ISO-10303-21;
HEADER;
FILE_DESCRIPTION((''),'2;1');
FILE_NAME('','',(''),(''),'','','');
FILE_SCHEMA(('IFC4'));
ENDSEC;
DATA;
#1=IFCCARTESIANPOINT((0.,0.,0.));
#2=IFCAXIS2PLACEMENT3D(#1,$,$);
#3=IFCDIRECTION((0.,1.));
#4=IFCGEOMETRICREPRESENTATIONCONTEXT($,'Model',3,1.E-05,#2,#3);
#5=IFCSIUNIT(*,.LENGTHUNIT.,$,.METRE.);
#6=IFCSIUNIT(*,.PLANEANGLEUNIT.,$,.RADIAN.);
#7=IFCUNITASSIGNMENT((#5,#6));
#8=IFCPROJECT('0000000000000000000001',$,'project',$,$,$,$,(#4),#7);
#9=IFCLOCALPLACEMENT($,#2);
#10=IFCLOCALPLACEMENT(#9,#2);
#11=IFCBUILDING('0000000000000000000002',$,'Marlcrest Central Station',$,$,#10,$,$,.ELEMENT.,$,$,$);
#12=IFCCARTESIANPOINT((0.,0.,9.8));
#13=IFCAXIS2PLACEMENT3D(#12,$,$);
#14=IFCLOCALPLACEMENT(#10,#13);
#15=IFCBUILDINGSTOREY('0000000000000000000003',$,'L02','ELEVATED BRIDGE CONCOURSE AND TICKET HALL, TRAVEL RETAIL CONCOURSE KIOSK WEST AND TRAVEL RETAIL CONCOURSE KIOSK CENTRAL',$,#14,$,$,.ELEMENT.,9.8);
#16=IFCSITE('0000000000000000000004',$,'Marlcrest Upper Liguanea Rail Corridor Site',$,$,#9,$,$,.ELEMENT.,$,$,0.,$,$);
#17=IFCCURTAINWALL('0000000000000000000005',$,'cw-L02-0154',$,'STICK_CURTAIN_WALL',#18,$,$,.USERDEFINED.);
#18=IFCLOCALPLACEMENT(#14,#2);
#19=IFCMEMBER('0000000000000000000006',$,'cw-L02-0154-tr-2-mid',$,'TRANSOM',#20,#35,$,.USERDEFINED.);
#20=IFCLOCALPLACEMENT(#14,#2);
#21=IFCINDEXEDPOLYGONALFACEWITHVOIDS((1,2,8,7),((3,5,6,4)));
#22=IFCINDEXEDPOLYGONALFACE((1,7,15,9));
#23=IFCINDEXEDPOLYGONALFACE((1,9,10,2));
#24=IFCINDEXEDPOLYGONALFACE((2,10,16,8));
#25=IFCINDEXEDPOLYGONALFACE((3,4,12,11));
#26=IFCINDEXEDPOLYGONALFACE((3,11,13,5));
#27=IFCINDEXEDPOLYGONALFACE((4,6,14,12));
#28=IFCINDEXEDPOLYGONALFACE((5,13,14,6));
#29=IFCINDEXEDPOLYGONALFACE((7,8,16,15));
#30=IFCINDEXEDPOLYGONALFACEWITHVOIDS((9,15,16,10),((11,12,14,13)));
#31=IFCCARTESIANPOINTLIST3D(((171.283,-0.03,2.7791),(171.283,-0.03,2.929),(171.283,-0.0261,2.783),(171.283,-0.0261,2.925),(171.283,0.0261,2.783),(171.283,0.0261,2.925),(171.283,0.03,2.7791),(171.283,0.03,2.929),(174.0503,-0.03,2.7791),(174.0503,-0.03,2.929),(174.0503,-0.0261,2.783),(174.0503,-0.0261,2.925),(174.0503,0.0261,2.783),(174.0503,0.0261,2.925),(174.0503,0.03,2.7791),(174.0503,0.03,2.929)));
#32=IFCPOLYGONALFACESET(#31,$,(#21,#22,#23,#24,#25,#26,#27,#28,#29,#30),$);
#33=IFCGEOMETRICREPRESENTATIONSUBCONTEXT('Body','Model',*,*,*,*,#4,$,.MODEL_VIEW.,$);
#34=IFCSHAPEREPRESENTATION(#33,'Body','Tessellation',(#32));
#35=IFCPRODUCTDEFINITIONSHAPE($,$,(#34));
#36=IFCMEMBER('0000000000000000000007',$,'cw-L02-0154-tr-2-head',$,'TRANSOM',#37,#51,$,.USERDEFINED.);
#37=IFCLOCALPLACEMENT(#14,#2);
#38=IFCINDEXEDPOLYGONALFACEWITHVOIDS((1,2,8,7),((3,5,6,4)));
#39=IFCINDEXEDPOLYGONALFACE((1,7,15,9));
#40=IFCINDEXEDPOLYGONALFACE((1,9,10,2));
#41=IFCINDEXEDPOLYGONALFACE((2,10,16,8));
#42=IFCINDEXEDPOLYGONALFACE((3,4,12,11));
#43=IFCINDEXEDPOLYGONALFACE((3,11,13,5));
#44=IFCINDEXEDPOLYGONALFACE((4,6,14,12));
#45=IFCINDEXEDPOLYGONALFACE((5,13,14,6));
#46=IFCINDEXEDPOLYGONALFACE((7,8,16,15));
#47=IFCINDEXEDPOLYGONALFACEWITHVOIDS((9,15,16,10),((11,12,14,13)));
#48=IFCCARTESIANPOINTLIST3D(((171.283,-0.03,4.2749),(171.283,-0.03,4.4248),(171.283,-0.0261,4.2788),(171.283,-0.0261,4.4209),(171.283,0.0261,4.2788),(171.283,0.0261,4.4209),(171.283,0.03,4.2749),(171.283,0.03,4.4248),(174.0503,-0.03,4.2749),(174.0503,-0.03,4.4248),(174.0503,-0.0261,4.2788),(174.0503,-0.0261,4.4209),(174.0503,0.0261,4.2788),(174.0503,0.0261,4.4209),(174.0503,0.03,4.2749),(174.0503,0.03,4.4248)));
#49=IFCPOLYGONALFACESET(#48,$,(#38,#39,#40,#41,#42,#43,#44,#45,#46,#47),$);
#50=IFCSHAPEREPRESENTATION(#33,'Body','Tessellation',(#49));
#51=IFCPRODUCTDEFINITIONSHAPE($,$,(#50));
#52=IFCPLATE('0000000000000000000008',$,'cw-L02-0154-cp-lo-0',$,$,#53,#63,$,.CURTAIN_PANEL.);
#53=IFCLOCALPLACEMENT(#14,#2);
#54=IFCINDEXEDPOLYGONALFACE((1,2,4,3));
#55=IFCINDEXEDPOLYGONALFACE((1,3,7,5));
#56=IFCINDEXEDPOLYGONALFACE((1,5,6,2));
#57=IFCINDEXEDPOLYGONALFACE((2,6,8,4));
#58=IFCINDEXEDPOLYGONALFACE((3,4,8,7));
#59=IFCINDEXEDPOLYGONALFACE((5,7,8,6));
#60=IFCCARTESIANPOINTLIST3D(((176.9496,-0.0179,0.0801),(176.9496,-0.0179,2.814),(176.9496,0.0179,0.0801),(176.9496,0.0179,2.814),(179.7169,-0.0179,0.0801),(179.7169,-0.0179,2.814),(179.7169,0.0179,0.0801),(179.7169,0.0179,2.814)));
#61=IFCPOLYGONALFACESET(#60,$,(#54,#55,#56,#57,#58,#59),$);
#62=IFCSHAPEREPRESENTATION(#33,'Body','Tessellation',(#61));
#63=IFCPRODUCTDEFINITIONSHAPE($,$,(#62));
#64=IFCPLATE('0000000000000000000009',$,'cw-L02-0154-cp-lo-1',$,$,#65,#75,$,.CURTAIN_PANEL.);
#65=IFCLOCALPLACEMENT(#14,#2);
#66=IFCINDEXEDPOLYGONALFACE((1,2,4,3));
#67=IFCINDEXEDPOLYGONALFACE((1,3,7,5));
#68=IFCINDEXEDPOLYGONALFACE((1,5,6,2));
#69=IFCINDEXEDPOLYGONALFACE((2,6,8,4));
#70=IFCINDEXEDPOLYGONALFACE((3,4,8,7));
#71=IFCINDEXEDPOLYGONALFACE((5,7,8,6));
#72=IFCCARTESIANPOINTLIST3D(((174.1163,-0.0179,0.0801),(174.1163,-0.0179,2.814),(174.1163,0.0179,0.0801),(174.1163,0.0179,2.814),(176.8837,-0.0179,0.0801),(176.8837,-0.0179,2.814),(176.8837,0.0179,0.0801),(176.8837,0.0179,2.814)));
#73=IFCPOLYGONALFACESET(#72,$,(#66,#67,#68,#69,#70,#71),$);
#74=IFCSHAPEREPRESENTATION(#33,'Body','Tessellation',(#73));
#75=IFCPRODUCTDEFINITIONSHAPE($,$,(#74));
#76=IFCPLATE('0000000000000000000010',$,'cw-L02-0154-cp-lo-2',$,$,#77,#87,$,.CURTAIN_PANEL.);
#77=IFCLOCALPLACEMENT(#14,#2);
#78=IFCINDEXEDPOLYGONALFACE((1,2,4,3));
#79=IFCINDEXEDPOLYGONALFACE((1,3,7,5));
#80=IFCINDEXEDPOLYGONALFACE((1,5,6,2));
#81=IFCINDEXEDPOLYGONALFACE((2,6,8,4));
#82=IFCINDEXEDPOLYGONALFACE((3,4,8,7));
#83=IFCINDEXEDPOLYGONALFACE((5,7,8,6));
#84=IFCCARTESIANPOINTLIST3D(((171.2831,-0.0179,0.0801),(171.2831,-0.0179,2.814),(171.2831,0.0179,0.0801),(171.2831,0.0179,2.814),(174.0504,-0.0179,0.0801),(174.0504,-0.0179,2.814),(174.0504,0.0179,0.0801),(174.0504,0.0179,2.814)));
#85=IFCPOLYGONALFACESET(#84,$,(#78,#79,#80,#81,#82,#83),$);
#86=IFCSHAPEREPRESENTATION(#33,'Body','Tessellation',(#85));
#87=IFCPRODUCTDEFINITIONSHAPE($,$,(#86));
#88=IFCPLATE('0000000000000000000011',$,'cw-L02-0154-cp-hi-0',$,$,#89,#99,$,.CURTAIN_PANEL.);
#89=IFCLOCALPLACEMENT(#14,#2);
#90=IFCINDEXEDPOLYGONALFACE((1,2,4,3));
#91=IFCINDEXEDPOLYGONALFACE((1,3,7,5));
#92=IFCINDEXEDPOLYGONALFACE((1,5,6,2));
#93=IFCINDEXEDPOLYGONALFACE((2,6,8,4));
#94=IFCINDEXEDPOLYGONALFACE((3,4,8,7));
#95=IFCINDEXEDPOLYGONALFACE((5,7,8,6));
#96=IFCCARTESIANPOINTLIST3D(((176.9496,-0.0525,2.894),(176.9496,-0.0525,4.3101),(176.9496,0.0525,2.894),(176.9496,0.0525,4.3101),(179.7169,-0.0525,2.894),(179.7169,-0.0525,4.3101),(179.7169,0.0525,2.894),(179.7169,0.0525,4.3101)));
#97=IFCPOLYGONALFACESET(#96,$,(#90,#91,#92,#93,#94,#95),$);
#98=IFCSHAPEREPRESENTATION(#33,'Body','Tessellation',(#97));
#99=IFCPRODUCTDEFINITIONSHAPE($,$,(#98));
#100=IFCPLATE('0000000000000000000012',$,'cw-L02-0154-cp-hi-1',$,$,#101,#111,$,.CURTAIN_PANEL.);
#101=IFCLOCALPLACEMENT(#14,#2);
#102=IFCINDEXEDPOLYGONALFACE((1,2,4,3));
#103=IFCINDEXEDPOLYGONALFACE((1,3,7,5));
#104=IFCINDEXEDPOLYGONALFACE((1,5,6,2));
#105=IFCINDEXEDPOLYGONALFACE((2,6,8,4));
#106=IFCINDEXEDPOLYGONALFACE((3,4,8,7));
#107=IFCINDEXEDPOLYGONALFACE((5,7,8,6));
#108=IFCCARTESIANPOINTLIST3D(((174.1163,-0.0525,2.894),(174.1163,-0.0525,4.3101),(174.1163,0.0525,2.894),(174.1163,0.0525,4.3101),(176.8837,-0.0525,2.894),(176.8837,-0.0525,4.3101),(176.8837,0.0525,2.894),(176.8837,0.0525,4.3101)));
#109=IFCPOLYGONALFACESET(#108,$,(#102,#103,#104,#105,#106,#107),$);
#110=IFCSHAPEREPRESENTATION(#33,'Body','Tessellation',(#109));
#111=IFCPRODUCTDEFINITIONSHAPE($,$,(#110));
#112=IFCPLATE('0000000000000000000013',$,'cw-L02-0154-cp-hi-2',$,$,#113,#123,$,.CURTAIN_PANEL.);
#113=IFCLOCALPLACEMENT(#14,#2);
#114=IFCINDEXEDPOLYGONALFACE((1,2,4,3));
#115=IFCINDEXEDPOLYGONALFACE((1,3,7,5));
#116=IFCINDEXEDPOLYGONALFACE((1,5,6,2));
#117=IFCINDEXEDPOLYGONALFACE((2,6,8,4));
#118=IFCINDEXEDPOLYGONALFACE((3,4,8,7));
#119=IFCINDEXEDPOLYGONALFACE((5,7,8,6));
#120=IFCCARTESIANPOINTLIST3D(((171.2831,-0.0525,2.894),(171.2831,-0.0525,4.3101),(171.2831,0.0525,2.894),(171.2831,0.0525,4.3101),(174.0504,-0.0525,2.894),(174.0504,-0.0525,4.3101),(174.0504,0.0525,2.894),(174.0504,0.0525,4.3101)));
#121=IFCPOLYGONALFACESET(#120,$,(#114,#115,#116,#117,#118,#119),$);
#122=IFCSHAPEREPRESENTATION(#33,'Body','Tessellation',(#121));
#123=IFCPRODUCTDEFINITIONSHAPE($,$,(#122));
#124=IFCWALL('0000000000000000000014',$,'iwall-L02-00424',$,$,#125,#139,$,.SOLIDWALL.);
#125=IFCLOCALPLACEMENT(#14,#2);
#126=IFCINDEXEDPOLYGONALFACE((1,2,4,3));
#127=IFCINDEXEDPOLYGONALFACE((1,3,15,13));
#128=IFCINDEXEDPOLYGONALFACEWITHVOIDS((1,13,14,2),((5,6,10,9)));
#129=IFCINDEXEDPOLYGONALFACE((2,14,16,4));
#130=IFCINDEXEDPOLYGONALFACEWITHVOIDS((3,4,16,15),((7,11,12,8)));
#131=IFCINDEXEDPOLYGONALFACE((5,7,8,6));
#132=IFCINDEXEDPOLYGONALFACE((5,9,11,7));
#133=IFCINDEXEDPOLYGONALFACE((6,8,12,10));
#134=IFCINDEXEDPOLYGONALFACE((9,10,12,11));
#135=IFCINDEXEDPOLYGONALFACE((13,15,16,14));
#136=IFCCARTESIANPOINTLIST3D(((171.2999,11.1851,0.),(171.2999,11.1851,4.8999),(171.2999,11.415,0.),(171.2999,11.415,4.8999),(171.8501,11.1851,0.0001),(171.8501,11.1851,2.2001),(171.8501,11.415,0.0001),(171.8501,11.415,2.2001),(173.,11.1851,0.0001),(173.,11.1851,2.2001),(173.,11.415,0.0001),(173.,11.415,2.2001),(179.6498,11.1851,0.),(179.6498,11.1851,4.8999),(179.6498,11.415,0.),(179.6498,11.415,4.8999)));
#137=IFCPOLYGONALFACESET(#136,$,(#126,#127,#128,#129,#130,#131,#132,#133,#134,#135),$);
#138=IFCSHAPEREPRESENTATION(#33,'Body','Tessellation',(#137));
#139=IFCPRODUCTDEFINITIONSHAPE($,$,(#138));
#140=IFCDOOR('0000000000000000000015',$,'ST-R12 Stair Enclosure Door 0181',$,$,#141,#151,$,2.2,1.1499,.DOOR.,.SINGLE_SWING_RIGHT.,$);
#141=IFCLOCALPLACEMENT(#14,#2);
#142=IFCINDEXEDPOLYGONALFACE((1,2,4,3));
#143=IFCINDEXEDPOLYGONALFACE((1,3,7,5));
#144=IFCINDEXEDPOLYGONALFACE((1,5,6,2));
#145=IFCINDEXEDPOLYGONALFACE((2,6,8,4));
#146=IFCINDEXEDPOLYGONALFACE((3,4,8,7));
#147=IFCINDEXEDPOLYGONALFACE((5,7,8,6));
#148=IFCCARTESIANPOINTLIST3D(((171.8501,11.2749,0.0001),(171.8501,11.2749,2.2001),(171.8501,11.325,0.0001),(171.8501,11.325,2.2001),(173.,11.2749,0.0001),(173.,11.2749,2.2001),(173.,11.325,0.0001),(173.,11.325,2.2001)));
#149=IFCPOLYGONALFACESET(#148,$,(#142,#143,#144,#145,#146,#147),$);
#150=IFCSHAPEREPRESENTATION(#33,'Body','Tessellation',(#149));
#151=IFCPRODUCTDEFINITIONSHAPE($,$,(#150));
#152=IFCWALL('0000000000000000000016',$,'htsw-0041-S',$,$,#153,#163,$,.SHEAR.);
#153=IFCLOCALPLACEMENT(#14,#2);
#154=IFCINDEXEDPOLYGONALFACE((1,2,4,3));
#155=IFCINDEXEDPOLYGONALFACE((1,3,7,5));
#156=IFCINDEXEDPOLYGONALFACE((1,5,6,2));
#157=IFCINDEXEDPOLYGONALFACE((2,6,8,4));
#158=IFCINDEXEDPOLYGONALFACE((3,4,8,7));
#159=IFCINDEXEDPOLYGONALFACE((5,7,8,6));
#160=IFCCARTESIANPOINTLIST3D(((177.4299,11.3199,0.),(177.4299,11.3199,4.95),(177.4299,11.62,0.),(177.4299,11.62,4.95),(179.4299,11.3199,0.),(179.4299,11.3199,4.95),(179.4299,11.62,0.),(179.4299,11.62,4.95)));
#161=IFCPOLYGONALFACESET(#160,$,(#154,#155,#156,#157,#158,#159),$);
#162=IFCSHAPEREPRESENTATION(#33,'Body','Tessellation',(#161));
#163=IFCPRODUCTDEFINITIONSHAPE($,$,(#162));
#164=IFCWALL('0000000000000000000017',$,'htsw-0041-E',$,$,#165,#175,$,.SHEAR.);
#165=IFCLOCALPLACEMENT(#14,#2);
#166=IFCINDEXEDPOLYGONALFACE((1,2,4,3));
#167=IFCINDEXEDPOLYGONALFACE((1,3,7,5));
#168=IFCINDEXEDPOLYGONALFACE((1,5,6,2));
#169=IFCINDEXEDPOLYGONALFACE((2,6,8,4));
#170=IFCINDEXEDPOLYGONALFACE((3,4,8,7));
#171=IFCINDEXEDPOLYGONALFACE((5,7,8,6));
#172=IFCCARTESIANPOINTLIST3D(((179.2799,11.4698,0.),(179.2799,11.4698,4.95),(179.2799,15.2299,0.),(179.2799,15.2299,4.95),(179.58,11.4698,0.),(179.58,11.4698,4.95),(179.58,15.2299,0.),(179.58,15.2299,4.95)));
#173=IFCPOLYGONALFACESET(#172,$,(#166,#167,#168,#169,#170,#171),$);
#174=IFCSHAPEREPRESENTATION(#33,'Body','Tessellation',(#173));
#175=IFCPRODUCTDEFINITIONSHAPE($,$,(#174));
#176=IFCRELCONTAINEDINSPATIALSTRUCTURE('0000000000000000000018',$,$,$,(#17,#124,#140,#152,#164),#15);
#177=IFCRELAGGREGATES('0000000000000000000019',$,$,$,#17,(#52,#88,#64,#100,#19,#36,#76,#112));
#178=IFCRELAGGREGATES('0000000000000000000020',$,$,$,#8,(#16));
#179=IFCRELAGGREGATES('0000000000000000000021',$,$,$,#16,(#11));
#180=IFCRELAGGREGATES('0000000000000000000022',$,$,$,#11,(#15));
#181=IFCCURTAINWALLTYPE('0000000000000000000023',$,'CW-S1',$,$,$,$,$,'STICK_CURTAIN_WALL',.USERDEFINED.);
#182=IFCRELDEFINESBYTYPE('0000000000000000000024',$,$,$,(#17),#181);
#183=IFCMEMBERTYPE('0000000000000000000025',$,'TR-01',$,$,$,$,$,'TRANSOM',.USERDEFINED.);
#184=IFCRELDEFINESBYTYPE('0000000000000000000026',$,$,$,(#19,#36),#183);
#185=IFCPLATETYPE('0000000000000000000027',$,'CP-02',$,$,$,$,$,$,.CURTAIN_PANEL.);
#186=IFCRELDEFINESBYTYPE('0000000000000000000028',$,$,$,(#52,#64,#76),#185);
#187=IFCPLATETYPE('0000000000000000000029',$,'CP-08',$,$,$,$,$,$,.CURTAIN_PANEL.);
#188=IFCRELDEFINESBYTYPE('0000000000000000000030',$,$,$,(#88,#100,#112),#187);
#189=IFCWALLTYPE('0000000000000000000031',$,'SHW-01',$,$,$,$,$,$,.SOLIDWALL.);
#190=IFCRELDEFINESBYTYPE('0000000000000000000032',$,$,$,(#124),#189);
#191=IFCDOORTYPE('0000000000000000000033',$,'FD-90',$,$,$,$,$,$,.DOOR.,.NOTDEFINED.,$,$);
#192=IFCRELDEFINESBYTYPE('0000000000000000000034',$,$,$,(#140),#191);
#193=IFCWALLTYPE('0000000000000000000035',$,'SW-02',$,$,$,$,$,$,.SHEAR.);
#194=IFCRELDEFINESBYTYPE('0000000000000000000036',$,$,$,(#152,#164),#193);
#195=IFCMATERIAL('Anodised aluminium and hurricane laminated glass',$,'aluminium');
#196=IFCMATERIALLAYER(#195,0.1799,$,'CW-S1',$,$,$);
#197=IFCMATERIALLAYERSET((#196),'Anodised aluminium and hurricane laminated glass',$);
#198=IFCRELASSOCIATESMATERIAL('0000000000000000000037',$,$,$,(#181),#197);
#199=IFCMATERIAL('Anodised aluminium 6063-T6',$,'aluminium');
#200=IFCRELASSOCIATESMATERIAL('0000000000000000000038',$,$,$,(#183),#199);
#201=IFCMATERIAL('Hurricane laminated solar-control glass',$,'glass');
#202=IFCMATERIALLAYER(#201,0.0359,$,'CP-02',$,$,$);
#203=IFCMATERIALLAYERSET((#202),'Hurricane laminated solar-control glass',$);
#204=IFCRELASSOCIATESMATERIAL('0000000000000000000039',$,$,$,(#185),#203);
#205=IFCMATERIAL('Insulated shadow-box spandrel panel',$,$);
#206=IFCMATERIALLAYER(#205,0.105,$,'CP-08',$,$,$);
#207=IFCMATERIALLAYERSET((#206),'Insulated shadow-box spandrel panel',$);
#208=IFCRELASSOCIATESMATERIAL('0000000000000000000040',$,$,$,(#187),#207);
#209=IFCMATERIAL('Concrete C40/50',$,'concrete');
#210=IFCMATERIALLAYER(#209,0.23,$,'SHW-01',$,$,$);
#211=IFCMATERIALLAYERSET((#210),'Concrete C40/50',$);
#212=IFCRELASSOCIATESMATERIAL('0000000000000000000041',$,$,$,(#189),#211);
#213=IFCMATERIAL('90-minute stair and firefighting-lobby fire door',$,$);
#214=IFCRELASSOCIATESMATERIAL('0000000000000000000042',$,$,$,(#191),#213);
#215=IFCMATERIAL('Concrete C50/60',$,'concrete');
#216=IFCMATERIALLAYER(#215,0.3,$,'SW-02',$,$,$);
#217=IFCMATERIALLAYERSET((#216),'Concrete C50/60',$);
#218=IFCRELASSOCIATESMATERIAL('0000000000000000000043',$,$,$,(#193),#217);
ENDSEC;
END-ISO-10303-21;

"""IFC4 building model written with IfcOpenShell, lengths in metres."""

from ifc_helpers import new_model, si_unit, direction, frame, frame_2d, origin, origin_2d, place, context, subcontext, project, spatial, rectangle, hollow_rectangle, extrude, material, layer, layer_set, material_profile, profile_set, type_object, element, fill, aggregate, save


model = new_model("IFC4")

# Units and contexts
model_context = context("Model", 3, precision=1e-05, world=origin(), true_north=direction((0.0, 1.0)))
body_context = subcontext(model_context, "Body", "Model", "MODEL_VIEW")
ifc_project = project(units=[si_unit("LENGTHUNIT", "METRE"), si_unit("PLANEANGLEUNIT", "RADIAN")], contexts=[model_context])

# Site, building, storey
site_placement = place(None, origin())
site = spatial("IfcSite", under=ifc_project, at=site_placement, Name="Marlcrest Upper Liguanea Rail Corridor Site", CompositionType="ELEMENT", RefElevation=0.0)
building_placement = place(site_placement, origin())
building = spatial("IfcBuilding", under=site, at=building_placement, Name="Marlcrest Central Station", CompositionType="ELEMENT")
storey_placement = place(building_placement, frame((0.0, 0.0, 9.8)))
storey = spatial("IfcBuildingStorey", under=building, at=storey_placement, Name="L02", Description="ELEVATED BRIDGE CONCOURSE AND TICKET HALL, TRAVEL RETAIL CONCOURSE KIOSK WEST AND TRAVEL RETAIL CONCOURSE KIOSK CENTRAL", CompositionType="ELEMENT", Elevation=9.8)

# Shared definitions
ifc_material_1 = material(Name="Concrete C40/50", Category="concrete")

# Curtain wall
ifc_material_2 = material(Name="Anodised aluminium and hurricane laminated glass", Category="aluminium")
ifc_layer_1 = layer(ifc_material_2, 0.1799, Name="CW-S1")
ifc_layer_set_1 = layer_set([ifc_layer_1], Name="Anodised aluminium and hurricane laminated glass")
curtain_wall_type = type_object("IfcCurtainWallType", Name="CW-S1", ElementType="STICK_CURTAIN_WALL", PredefinedType="USERDEFINED", material=ifc_layer_set_1)
curtain_wall_placement = place(storey_placement, origin())
curtain_wall = element("IfcCurtainWall", 1, at=curtain_wall_placement, inside=storey, type_object=curtain_wall_type, Name="cw-L02-0154", ObjectType="STICK_CURTAIN_WALL", PredefinedType="USERDEFINED")
ifc_material_3 = material(Name="Anodised aluminium 6063-T6", Category="aluminium")

# Members
ifc_material_profile_1 = material_profile(ifc_material_3, hollow_rectangle(XDim=0.0601, YDim=0.1499, WallThickness=0.0039, at=origin_2d()), Name="AA-RHS 150x60x4")
ifc_profile_set_1 = profile_set([ifc_material_profile_1], Name="Anodised aluminium 6063-T6")
member_type_1 = type_object("IfcMemberType", Name="TR-01", ElementType="TRANSOM", PredefinedType="USERDEFINED", material=ifc_profile_set_1)
member_1_placement = place(storey_placement, frame((174.0503, 0.0, 2.854), z_axis=(-1.0, 0.0, 0.0), x_axis=(0.0, -1.0, 0.0)))
member_1 = element("IfcMember", 2, at=member_1_placement, type_object=member_type_1, Name="cw-L02-0154-tr-2-mid", ObjectType="TRANSOM", PredefinedType="USERDEFINED", context=body_context, shape_type="SweptSolid", body=[
    extrude(hollow_rectangle(XDim=0.0601, YDim=0.1499, WallThickness=0.0039, at=origin_2d()), origin(), (0.0, 0.0, 1.0), 2.7673),
])
member_2_placement = place(storey_placement, frame((174.0503, 0.0, 4.3499), z_axis=(-1.0, 0.0, 0.0), x_axis=(0.0, -1.0, 0.0)))
member_2 = element("IfcMember", 3, at=member_2_placement, type_object=member_type_1, Name="cw-L02-0154-tr-2-head", ObjectType="TRANSOM", PredefinedType="USERDEFINED", context=body_context, shape_type="SweptSolid", body=[
    extrude(hollow_rectangle(XDim=0.0601, YDim=0.1499, WallThickness=0.0039, at=origin_2d()), origin(), (0.0, 0.0, 1.0), 2.7673),
])

# Plates
ifc_material_4 = material(Name="Hurricane laminated solar-control glass", Category="glass")
ifc_layer_2 = layer(ifc_material_4, 0.0359, Name="CP-02")
ifc_layer_set_2 = layer_set([ifc_layer_2], Name="Hurricane laminated solar-control glass")
plate_type_1 = type_object("IfcPlateType", Name="CP-02", PredefinedType="CURTAIN_PANEL", material=ifc_layer_set_2)
plate_1_placement = place(storey_placement, frame((178.3333, 0.0, 0.0801), z_axis=(0.0, 0.0, 1.0), x_axis=(-1.0, 0.0, 0.0)))
plate_1 = element("IfcPlate", 4, at=plate_1_placement, type_object=plate_type_1, Name="cw-L02-0154-cp-lo-0", PredefinedType="CURTAIN_PANEL", context=body_context, shape_type="SweptSolid", body=[
    extrude(rectangle(XDim=2.7673, YDim=0.0359, at=origin_2d()), origin(), (0.0, 0.0, 1.0), 2.7339),
])
plate_2_placement = place(storey_placement, frame((175.5, 0.0, 0.0801), z_axis=(0.0, 0.0, 1.0), x_axis=(-1.0, 0.0, 0.0)))
plate_2 = element("IfcPlate", 5, at=plate_2_placement, type_object=plate_type_1, Name="cw-L02-0154-cp-lo-1", PredefinedType="CURTAIN_PANEL", context=body_context, shape_type="SweptSolid", body=[
    extrude(rectangle(XDim=2.7673, YDim=0.0359, at=origin_2d()), origin(), (0.0, 0.0, 1.0), 2.7339),
])
plate_3_placement = place(storey_placement, frame((172.6667, 0.0, 0.0801), z_axis=(0.0, 0.0, 1.0), x_axis=(-1.0, 0.0, 0.0)))
plate_3 = element("IfcPlate", 6, at=plate_3_placement, type_object=plate_type_1, Name="cw-L02-0154-cp-lo-2", PredefinedType="CURTAIN_PANEL", context=body_context, shape_type="SweptSolid", body=[
    extrude(rectangle(XDim=2.7673, YDim=0.0359, at=origin_2d()), origin(), (0.0, 0.0, 1.0), 2.7339),
])
ifc_material_5 = material(Name="Insulated shadow-box spandrel panel")
ifc_layer_3 = layer(ifc_material_5, 0.105, Name="CP-08")
ifc_layer_set_3 = layer_set([ifc_layer_3], Name="Insulated shadow-box spandrel panel")
plate_type_2 = type_object("IfcPlateType", Name="CP-08", PredefinedType="CURTAIN_PANEL", material=ifc_layer_set_3)
plate_4_placement = place(storey_placement, frame((178.3333, 0.0, 2.894), z_axis=(0.0, 0.0, 1.0), x_axis=(-1.0, 0.0, 0.0)))
plate_4 = element("IfcPlate", 7, at=plate_4_placement, type_object=plate_type_2, Name="cw-L02-0154-cp-hi-0", PredefinedType="CURTAIN_PANEL", context=body_context, shape_type="SweptSolid", body=[
    extrude(rectangle(XDim=2.7673, YDim=0.105, at=origin_2d()), origin(), (0.0, 0.0, 1.0), 1.416),
])
plate_5_placement = place(storey_placement, frame((175.5, 0.0, 2.894), z_axis=(0.0, 0.0, 1.0), x_axis=(-1.0, 0.0, 0.0)))
plate_5 = element("IfcPlate", 8, at=plate_5_placement, type_object=plate_type_2, Name="cw-L02-0154-cp-hi-1", PredefinedType="CURTAIN_PANEL", context=body_context, shape_type="SweptSolid", body=[
    extrude(rectangle(XDim=2.7673, YDim=0.105, at=origin_2d()), origin(), (0.0, 0.0, 1.0), 1.416),
])
plate_6_placement = place(storey_placement, frame((172.6667, 0.0, 2.894), z_axis=(0.0, 0.0, 1.0), x_axis=(-1.0, 0.0, 0.0)))
plate_6 = element("IfcPlate", 9, at=plate_6_placement, type_object=plate_type_2, Name="cw-L02-0154-cp-hi-2", PredefinedType="CURTAIN_PANEL", context=body_context, shape_type="SweptSolid", body=[
    extrude(rectangle(XDim=2.7673, YDim=0.105, at=origin_2d()), origin(), (0.0, 0.0, 1.0), 1.416),
])
aggregate(curtain_wall, [plate_1, plate_4, plate_2, plate_5, member_1, member_2, plate_3, plate_6])

# Wall, opening, door
ifc_layer_4 = layer(ifc_material_1, 0.23, Name="SHW-01")
ifc_layer_set_4 = layer_set([ifc_layer_4], Name="Concrete C40/50")
wall_type_1 = type_object("IfcWallType", Name="SHW-01", PredefinedType="SOLIDWALL", material=ifc_layer_set_4)
wall_1_placement = place(storey_placement, frame((171.3, 11.3, 0.0), z_axis=(0.0, 0.0, 1.0), x_axis=(1.0, 0.0, 0.0)))
wall_1 = element("IfcWall", 10, at=wall_1_placement, inside=storey, type_object=wall_type_1, Name="iwall-L02-00424", PredefinedType="SOLIDWALL", context=body_context, shape_type="SweptSolid", body=[
    extrude(rectangle(XDim=8.3499, YDim=0.23, at=frame_2d((4.1748, 0.0))), origin(), (0.0, 0.0, 1.0), 4.8999),
])
opening_placement = place(wall_1_placement, frame((0.55, 0.0, 0.0)))
opening = element("IfcOpeningElement", 11, at=opening_placement, cuts=wall_1, PredefinedType="OPENING", context=body_context, shape_type="SweptSolid", body=[
    extrude(rectangle(XDim=1.1499, YDim=2.2, at=frame_2d((0.575, 1.1001))), frame((0.0, 0.125, 0.0), z_axis=(0.0, -1.0, 0.0), x_axis=(1.0, 0.0, 0.0)), (0.0, 0.0, 1.0), 0.25),
])
ifc_material_6 = material(Name="90-minute stair and firefighting-lobby fire door")
door_type = type_object("IfcDoorType", Name="FD-90", OperationType="NOTDEFINED", PredefinedType="DOOR", material=ifc_material_6)
door_placement = place(opening_placement, origin())
door = element("IfcDoor", 12, at=door_placement, inside=storey, type_object=door_type, Name="ST-R12 Stair Enclosure Door 0181", OperationType="SINGLE_SWING_RIGHT", OverallHeight=2.2, OverallWidth=1.1499, PredefinedType="DOOR", context=body_context, shape_type="SweptSolid", body=[
    extrude(rectangle(XDim=1.1499, YDim=2.2, at=frame_2d((0.575, 1.1001))), frame((0.0, 0.0249, 0.0), z_axis=(0.0, -1.0, 0.0), x_axis=(1.0, 0.0, 0.0)), (0.0, 0.0, 1.0), 0.05),
])
fill(opening, door)

# Walls
ifc_material_7 = material(Name="Concrete C50/60", Category="concrete")
ifc_layer_5 = layer(ifc_material_7, 0.3, Name="SW-02")
ifc_layer_set_5 = layer_set([ifc_layer_5], Name="Concrete C50/60")
wall_type_2 = type_object("IfcWallType", Name="SW-02", PredefinedType="SHEAR", material=ifc_layer_set_5)
wall_2_placement = place(storey_placement, frame((177.4299, 11.47, 0.0), z_axis=(0.0, 0.0, 1.0), x_axis=(1.0, 0.0, 0.0)))
element("IfcWall", 13, at=wall_2_placement, inside=storey, type_object=wall_type_2, Name="htsw-0041-S", PredefinedType="SHEAR", context=body_context, shape_type="SweptSolid", body=[
    extrude(rectangle(XDim=2.0, YDim=0.3, at=frame_2d((1.0, 0.0))), origin(), (0.0, 0.0, 1.0), 4.95),
])
wall_3_placement = place(storey_placement, frame((179.4299, 11.47, 0.0), z_axis=(0.0, 0.0, 1.0), x_axis=(0.0, 1.0, 0.0)))
element("IfcWall", 14, at=wall_3_placement, inside=storey, type_object=wall_type_2, Name="htsw-0041-E", PredefinedType="SHEAR", context=body_context, shape_type="SweptSolid", body=[
    extrude(rectangle(XDim=3.76, YDim=0.3, at=frame_2d((1.8799, 0.0))), origin(), (0.0, 0.0, 1.0), 4.95),
])

save(model, "model.ifc")
